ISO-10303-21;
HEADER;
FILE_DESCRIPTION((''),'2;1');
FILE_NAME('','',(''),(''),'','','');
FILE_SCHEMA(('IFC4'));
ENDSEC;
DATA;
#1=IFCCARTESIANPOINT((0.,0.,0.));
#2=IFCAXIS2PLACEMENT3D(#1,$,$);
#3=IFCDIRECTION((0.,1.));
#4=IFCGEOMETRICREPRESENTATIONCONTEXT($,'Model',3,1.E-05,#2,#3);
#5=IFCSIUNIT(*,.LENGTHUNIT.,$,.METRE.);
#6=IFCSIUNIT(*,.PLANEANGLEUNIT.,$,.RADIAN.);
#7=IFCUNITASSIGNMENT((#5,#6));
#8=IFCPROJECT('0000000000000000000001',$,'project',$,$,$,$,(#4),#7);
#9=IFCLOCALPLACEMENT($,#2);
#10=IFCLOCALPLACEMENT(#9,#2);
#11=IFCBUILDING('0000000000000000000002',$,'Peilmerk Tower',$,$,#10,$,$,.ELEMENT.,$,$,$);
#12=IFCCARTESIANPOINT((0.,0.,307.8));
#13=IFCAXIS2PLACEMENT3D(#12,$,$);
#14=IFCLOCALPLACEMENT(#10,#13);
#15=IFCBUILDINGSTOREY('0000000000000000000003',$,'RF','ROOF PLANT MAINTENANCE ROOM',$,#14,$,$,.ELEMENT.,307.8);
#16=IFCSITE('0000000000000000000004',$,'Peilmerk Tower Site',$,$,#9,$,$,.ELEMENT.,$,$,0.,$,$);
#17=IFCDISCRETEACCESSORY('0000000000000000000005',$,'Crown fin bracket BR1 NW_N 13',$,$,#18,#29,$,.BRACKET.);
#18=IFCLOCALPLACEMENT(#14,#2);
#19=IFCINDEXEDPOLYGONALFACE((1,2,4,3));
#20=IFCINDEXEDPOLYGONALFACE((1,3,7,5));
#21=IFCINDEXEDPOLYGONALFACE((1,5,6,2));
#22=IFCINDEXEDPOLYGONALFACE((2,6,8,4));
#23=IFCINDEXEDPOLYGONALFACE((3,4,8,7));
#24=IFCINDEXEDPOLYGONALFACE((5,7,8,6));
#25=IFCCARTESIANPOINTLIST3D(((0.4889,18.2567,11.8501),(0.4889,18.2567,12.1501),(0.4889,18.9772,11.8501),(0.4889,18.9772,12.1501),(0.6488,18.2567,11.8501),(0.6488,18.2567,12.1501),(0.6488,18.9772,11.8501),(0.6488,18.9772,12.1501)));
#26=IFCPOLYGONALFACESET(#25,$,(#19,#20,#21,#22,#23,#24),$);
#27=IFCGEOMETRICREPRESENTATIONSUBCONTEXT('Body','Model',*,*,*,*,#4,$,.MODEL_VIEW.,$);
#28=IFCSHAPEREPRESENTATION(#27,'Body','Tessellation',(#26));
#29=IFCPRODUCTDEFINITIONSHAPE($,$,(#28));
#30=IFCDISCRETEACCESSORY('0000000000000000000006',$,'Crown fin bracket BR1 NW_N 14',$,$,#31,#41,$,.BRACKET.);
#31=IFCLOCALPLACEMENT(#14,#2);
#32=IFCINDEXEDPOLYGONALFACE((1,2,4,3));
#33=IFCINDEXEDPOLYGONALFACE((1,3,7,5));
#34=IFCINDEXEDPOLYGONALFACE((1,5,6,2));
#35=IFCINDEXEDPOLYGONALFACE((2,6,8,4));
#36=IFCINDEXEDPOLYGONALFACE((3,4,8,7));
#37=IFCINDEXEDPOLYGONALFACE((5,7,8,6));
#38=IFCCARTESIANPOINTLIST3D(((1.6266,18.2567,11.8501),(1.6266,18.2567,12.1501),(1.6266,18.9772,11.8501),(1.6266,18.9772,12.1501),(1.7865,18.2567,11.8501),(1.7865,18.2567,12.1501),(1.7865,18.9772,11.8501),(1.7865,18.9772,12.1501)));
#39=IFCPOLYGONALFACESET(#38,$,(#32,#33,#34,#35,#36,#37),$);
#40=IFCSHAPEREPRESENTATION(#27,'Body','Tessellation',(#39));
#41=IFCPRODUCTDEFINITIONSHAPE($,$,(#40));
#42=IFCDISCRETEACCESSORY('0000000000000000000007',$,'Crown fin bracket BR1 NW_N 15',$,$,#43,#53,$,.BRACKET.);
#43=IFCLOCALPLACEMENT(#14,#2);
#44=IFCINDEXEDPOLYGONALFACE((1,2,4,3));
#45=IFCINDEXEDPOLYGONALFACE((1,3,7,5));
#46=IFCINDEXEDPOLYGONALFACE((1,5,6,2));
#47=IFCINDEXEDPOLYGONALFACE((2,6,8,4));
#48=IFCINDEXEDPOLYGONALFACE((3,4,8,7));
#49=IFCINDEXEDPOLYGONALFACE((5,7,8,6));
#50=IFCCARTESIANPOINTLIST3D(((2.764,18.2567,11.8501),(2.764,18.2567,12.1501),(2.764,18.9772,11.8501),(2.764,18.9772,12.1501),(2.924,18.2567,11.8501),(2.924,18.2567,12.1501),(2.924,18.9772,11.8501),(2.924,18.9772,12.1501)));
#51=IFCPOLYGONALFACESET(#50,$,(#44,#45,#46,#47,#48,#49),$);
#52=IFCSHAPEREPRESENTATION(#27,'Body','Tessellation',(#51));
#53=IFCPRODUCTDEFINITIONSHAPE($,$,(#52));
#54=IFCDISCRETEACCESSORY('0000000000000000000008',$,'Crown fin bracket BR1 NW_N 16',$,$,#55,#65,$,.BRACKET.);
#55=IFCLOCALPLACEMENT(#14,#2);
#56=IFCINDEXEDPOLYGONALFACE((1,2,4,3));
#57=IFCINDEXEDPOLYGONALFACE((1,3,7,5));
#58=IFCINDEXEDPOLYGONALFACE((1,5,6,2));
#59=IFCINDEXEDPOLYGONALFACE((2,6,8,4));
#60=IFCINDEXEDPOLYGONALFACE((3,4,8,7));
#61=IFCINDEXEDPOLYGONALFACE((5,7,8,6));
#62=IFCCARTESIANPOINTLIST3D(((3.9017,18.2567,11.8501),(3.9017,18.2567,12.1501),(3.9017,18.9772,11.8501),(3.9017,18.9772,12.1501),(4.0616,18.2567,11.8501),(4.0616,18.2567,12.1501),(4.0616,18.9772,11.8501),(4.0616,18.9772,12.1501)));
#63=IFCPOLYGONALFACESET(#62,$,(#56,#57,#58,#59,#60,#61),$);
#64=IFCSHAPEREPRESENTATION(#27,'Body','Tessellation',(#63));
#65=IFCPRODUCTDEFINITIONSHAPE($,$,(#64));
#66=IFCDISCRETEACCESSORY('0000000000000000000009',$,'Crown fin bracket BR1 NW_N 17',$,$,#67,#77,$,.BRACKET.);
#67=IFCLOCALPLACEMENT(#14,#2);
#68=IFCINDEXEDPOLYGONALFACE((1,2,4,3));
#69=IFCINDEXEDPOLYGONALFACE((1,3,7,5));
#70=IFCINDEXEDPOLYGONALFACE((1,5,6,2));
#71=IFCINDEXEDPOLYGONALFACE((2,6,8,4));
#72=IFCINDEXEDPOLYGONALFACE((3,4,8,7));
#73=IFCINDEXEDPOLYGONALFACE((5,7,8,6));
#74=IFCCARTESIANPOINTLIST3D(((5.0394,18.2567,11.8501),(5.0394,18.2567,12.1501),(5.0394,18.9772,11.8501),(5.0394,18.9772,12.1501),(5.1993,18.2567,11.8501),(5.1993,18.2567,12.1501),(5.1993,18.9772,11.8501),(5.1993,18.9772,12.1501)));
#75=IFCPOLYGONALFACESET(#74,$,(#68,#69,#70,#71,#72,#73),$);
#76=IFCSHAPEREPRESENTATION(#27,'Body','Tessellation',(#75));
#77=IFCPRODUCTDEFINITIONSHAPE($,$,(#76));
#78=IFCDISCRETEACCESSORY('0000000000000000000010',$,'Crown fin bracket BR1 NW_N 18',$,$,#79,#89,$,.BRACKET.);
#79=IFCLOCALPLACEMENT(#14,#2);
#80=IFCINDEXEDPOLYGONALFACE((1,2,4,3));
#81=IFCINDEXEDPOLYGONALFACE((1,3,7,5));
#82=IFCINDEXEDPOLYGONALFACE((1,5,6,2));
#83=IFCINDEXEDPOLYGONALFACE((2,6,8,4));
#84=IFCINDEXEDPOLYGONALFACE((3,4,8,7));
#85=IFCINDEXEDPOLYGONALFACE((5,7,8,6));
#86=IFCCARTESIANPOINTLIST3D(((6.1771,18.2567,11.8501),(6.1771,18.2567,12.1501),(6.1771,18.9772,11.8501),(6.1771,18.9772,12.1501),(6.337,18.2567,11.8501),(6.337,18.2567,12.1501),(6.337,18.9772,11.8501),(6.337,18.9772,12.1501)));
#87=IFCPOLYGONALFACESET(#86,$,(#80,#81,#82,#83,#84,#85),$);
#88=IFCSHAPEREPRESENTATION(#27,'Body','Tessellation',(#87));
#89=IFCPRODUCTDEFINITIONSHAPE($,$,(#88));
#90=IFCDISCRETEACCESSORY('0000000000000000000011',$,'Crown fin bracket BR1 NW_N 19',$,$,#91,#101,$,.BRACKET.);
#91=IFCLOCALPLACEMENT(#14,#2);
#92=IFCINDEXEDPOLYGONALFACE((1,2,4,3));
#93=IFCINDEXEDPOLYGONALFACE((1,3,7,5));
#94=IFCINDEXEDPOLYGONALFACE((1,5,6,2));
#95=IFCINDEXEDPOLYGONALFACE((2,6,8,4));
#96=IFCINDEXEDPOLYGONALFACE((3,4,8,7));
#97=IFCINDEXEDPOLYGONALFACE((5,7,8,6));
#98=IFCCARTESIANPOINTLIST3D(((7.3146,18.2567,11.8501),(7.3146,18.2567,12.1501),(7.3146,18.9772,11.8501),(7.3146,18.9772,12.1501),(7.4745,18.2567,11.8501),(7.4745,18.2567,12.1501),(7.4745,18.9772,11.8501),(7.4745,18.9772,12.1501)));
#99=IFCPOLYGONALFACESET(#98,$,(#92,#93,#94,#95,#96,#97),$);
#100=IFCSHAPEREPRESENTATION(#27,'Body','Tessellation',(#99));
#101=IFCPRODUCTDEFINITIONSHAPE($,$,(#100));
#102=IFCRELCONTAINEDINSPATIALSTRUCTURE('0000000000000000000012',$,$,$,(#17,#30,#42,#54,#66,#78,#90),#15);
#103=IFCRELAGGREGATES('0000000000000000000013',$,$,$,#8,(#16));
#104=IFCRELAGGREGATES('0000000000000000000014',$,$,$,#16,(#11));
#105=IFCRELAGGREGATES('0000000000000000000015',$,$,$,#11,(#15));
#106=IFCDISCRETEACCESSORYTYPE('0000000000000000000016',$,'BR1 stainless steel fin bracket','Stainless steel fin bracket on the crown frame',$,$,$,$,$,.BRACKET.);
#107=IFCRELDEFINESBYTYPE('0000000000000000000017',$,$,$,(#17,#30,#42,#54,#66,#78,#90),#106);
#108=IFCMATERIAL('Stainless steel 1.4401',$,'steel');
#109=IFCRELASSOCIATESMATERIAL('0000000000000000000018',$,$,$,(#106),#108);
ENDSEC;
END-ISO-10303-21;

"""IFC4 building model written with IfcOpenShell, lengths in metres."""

from ifc_helpers import new_model, si_unit, direction, frame, origin, origin_2d, place, context, subcontext, project, spatial, rectangle, extrude, source, transform, mapped, material, type_object, element, save


model = new_model("IFC4")

# Units and contexts
model_context = context("Model", 3, precision=1e-05, world=origin(), true_north=direction((0.0, 1.0)))
body_context = subcontext(model_context, "Body", "Model", "MODEL_VIEW")
ifc_project = project(units=[si_unit("LENGTHUNIT", "METRE"), si_unit("PLANEANGLEUNIT", "RADIAN")], contexts=[model_context])

# Site, building, storey
site_placement = place(None, origin())
site = spatial("IfcSite", under=ifc_project, at=site_placement, Name="Peilmerk Tower Site", CompositionType="ELEMENT", RefElevation=0.0)
building_placement = place(site_placement, origin())
building = spatial("IfcBuilding", under=site, at=building_placement, Name="Peilmerk Tower", CompositionType="ELEMENT")
storey_placement = place(building_placement, frame((0.0, 0.0, 307.8)))
storey = spatial("IfcBuildingStorey", under=building, at=storey_placement, Name="RF", Description="ROOF PLANT MAINTENANCE ROOM", CompositionType="ELEMENT", Elevation=307.8)

# Discrete accessories
ifc_material_1 = material(Name="Stainless steel 1.4401", Category="steel")
discrete_accessory_type = type_object("IfcDiscreteAccessoryType", Name="BR1 stainless steel fin bracket", Description="Stainless steel fin bracket on the crown frame", PredefinedType="BRACKET", material=ifc_material_1)
shared_shape_1 = source(origin(), body_context, "Body", "SweptSolid", [
    extrude(rectangle(XDim=0.7205, YDim=0.1599, at=origin_2d()), origin(), (0.0, 0.0, 1.0), 0.3),
])
for number, where, z_axis, x_axis, name in (
    (1, (0.5688, 18.6169, 11.8501), (0.0, 0.0, 1.0), (0.0, 1.0, 0.0), "Crown fin bracket BR1 NW_N 13"),
    (2, (1.7065, 18.6169, 11.8501), (0.0, 0.0, 1.0), (0.0, 1.0, 0.0), "Crown fin bracket BR1 NW_N 14"),
    (3, (2.844, 18.6169, 11.8501), (0.0, 0.0, 1.0), (0.0, 1.0, 0.0), "Crown fin bracket BR1 NW_N 15"),
    (4, (3.9817, 18.6169, 11.8501), (0.0, 0.0, 1.0), (0.0, 1.0, 0.0), "Crown fin bracket BR1 NW_N 16"),
    (5, (5.1194, 18.6169, 11.8501), (0.0, 0.0, 1.0), (0.0, 1.0, 0.0), "Crown fin bracket BR1 NW_N 17"),
    (6, (6.2571, 18.6169, 11.8501), (0.0, 0.0, 1.0), (0.0, 1.0, 0.0), "Crown fin bracket BR1 NW_N 18"),
    (7, (7.3945, 18.6169, 11.8501), (0.0, 0.0, 1.0), (0.0, 1.0, 0.0), "Crown fin bracket BR1 NW_N 19"),
):
    element("IfcDiscreteAccessory", number, at=place(storey_placement, frame(where, z_axis=z_axis, x_axis=x_axis)), inside=storey, type_object=discrete_accessory_type, Name=name, PredefinedType="BRACKET", context=body_context, shape_type="MappedRepresentation", body=[
        mapped(shared_shape_1, transform((0.0, 0.0, 0.0), scale=1.0)),
    ])

save(model, "model.ifc")
